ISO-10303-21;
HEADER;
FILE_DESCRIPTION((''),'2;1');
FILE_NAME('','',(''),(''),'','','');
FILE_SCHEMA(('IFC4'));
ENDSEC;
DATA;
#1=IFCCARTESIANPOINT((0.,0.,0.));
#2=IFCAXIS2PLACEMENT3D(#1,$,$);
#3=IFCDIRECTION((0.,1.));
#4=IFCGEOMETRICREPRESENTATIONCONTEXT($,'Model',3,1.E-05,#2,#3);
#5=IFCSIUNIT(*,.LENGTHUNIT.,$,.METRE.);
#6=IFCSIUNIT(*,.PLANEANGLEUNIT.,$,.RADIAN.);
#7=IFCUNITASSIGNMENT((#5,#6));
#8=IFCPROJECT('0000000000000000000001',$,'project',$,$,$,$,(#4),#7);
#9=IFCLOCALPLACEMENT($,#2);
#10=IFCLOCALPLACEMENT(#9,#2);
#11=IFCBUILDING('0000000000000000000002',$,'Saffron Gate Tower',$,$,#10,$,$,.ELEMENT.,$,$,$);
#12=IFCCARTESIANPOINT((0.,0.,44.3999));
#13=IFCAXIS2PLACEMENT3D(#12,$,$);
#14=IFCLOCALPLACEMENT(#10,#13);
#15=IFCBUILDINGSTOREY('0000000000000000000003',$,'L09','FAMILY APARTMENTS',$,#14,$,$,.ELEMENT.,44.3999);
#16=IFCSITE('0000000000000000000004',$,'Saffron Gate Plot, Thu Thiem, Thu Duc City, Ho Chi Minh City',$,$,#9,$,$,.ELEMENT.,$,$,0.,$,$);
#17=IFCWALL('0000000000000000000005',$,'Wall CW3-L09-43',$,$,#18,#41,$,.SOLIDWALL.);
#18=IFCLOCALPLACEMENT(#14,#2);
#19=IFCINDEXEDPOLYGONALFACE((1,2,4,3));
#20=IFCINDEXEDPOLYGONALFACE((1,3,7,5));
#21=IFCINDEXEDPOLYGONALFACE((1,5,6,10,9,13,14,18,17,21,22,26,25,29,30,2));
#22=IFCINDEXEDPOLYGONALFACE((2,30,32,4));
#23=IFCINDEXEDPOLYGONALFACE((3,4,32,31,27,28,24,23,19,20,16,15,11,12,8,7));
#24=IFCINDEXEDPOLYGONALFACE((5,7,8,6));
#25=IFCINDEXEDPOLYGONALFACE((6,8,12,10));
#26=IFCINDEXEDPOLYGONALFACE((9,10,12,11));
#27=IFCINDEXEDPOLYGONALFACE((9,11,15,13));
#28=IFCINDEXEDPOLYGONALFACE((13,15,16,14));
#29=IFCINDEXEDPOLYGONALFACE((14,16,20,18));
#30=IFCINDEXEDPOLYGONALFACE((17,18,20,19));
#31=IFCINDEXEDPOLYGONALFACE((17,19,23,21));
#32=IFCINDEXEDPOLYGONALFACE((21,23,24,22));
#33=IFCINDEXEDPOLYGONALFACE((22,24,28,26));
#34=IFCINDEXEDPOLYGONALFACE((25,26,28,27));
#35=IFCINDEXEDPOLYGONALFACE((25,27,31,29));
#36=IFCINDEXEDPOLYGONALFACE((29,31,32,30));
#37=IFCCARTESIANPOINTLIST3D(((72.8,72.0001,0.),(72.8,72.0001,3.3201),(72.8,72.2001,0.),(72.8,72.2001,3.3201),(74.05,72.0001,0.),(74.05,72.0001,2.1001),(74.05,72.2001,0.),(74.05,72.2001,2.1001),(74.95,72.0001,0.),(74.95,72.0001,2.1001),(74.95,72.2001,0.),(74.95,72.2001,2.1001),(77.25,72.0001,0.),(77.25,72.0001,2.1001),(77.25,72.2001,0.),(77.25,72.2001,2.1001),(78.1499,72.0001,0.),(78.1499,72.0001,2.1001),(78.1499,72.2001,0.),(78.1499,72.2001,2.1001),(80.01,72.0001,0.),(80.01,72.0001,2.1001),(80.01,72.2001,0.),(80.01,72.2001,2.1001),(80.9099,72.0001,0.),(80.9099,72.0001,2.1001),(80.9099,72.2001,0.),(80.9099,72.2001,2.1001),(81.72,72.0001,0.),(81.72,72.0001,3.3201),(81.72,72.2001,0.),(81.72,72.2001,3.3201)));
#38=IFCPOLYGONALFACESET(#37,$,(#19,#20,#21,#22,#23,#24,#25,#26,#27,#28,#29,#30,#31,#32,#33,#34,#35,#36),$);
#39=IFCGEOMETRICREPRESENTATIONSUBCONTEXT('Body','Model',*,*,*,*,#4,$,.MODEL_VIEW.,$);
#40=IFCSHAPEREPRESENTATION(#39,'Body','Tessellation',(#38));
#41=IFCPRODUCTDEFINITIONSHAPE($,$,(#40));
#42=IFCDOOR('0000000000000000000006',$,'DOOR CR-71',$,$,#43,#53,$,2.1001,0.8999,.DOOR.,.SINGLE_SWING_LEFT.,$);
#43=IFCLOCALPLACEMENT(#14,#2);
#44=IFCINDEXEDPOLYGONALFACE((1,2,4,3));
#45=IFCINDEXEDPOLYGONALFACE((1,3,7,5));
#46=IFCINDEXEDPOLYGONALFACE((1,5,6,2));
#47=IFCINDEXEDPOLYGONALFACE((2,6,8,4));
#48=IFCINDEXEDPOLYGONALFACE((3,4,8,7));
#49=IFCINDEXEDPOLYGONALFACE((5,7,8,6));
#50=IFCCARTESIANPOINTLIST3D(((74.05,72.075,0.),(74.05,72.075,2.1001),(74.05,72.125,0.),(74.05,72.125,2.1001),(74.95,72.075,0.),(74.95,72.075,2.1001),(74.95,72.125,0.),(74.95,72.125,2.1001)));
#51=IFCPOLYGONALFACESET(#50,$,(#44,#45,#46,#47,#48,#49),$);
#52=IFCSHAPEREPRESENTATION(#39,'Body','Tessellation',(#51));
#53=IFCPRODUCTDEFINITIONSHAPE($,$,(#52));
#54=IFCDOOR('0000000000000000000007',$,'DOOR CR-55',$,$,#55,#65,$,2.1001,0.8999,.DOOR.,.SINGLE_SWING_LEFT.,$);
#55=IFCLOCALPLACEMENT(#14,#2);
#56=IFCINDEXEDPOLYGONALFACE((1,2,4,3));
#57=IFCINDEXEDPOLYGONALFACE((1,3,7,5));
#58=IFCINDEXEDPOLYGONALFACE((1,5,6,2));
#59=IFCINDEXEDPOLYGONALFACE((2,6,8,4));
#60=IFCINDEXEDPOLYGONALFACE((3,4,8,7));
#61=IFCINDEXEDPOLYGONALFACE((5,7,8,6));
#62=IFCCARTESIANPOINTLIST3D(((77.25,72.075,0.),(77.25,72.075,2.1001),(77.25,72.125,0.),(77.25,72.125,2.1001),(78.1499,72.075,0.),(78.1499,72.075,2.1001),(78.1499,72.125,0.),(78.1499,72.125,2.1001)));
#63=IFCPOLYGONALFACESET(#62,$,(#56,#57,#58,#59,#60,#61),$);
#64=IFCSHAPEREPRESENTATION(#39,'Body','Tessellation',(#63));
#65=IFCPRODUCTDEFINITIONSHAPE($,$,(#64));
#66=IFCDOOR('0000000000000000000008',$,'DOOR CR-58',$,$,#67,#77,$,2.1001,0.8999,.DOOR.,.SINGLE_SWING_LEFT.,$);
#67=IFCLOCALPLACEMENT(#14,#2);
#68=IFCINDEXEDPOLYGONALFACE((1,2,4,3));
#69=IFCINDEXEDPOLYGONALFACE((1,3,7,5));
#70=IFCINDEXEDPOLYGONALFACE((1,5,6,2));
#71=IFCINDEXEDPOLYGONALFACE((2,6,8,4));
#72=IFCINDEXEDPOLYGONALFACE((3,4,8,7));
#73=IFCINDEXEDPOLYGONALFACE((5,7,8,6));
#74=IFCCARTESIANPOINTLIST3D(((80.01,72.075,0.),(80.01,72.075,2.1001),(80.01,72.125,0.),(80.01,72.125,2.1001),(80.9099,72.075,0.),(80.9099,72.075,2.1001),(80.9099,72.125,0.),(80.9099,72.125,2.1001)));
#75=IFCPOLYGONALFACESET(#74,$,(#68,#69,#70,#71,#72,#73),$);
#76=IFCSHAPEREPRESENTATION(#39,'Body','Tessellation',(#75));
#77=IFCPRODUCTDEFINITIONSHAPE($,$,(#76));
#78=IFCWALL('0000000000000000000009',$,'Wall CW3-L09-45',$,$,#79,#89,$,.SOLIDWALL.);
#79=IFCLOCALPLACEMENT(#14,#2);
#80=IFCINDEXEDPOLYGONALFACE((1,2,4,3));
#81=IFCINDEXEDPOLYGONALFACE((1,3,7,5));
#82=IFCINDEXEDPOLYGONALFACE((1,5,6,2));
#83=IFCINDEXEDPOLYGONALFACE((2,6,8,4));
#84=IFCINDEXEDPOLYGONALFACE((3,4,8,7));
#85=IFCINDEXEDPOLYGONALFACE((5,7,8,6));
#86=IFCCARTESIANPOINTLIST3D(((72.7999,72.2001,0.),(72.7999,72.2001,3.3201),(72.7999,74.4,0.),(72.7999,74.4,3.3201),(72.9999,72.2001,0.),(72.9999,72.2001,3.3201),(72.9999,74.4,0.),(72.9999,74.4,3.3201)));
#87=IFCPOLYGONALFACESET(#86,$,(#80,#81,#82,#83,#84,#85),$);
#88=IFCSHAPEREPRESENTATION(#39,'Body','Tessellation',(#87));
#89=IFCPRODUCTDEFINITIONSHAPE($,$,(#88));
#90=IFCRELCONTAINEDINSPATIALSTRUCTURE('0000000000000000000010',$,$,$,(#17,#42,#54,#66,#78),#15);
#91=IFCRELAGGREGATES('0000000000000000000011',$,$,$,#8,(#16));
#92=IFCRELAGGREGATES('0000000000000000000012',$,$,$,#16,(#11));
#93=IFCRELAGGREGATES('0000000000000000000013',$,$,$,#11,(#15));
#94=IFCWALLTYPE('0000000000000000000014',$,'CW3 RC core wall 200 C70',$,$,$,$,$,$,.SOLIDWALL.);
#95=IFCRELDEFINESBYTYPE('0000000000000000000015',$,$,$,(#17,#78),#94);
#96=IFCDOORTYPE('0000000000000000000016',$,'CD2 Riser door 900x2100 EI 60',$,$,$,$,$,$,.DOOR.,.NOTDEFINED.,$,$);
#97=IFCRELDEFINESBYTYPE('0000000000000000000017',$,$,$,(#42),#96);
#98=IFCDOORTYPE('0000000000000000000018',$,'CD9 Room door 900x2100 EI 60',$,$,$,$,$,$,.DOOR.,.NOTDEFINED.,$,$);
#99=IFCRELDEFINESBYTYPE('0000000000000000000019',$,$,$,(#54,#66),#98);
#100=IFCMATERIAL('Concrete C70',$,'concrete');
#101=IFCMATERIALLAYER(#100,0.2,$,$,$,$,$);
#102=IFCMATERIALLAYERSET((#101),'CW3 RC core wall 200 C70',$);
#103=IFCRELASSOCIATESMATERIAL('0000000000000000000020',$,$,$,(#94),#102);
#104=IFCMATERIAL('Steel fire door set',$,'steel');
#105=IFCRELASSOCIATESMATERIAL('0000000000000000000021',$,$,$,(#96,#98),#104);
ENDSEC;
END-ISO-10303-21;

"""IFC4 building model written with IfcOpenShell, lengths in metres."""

from ifc_helpers import new_model, si_unit, direction, frame, frame_2d, origin, place, context, subcontext, project, spatial, rectangle, extrude, material, layer, layer_set, type_object, element, fill, save


model = new_model("IFC4")

# Units and contexts
model_context = context("Model", 3, precision=1e-05, world=origin(), true_north=direction((0.0, 1.0)))
body_context = subcontext(model_context, "Body", "Model", "MODEL_VIEW")
ifc_project = project(units=[si_unit("LENGTHUNIT", "METRE"), si_unit("PLANEANGLEUNIT", "RADIAN")], contexts=[model_context])

# Site, building, storey
site_placement = place(None, origin())
site = spatial("IfcSite", under=ifc_project, at=site_placement, Name="Saffron Gate Plot, Thu Thiem, Thu Duc City, Ho Chi Minh City", CompositionType="ELEMENT", RefElevation=0.0)
building_placement = place(site_placement, origin())
building = spatial("IfcBuilding", under=site, at=building_placement, Name="Saffron Gate Tower", CompositionType="ELEMENT")
storey_placement = place(building_placement, frame((0.0, 0.0, 44.3999)))
storey = spatial("IfcBuildingStorey", under=building, at=storey_placement, Name="L09", Description="FAMILY APARTMENTS", CompositionType="ELEMENT", Elevation=44.3999)

# Shared definitions
ifc_material_1 = material(Name="Concrete C70", Category="concrete")
ifc_material_2 = material(Name="Steel fire door set", Category="steel")
ifc_layer_1 = layer(ifc_material_1, 0.2)
ifc_layer_set_1 = layer_set([ifc_layer_1], Name="CW3 RC core wall 200 C70")
wall_type_1 = type_object("IfcWallType", Name="CW3 RC core wall 200 C70", PredefinedType="SOLIDWALL", material=ifc_layer_set_1)

# Wall, openings, doors
wall_1_placement = place(storey_placement, frame((72.8, 72.1001, 0.0), z_axis=(0.0, 0.0, 1.0), x_axis=(1.0, 0.0, 0.0)))
wall_1 = element("IfcWall", 1, at=wall_1_placement, inside=storey, type_object=wall_type_1, Name="Wall CW3-L09-43", PredefinedType="SOLIDWALL", context=body_context, shape_type="SweptSolid", body=[
    extrude(rectangle(XDim=8.9199, YDim=0.2, at=frame_2d((4.46, 0.0))), origin(), (0.0, 0.0, 1.0), 3.3201),
])
opening_1_placement = place(wall_1_placement, frame((1.25, 0.0, 0.0)))
opening_1 = element("IfcOpeningElement", 2, at=opening_1_placement, cuts=wall_1, PredefinedType="OPENING", context=body_context, shape_type="SweptSolid", body=[
    extrude(rectangle(XDim=0.8999, YDim=2.1001, at=frame_2d((0.45, 1.05))), frame((0.0, 0.1099, 0.0), z_axis=(0.0, -1.0, 0.0), x_axis=(1.0, 0.0, 0.0)), (0.0, 0.0, 1.0), 0.22),
])
opening_2_placement = place(wall_1_placement, frame((4.45, 0.0, 0.0)))
opening_2 = element("IfcOpeningElement", 3, at=opening_2_placement, cuts=wall_1, PredefinedType="OPENING", context=body_context, shape_type="SweptSolid", body=[
    extrude(rectangle(XDim=0.8999, YDim=2.1001, at=frame_2d((0.45, 1.05))), frame((0.0, 0.1099, 0.0), z_axis=(0.0, -1.0, 0.0), x_axis=(1.0, 0.0, 0.0)), (0.0, 0.0, 1.0), 0.22),
])
opening_3_placement = place(wall_1_placement, frame((7.21, 0.0, 0.0)))
opening_3 = element("IfcOpeningElement", 4, at=opening_3_placement, cuts=wall_1, PredefinedType="OPENING", context=body_context, shape_type="SweptSolid", body=[
    extrude(rectangle(XDim=0.8999, YDim=2.1001, at=frame_2d((0.45, 1.05))), frame((0.0, 0.1099, 0.0), z_axis=(0.0, -1.0, 0.0), x_axis=(1.0, 0.0, 0.0)), (0.0, 0.0, 1.0), 0.22),
])
door_type_1 = type_object("IfcDoorType", Name="CD2 Riser door 900x2100 EI 60", OperationType="NOTDEFINED", PredefinedType="DOOR", material=ifc_material_2)
door_1_placement = place(opening_1_placement, origin())
door_1 = element("IfcDoor", 5, at=door_1_placement, inside=storey, type_object=door_type_1, Name="DOOR CR-71", OperationType="SINGLE_SWING_LEFT", OverallHeight=2.1001, OverallWidth=0.8999, PredefinedType="DOOR", context=body_context, shape_type="SweptSolid", body=[
    extrude(rectangle(XDim=0.8999, YDim=2.1001, at=frame_2d((0.45, 1.05))), frame((0.0, 0.0249, 0.0), z_axis=(0.0, -1.0, 0.0), x_axis=(1.0, 0.0, 0.0)), (0.0, 0.0, 1.0), 0.05),
])
fill(opening_1, door_1)
door_type_2 = type_object("IfcDoorType", Name="CD9 Room door 900x2100 EI 60", OperationType="NOTDEFINED", PredefinedType="DOOR", material=ifc_material_2)
door_2_placement = place(opening_2_placement, origin())
door_2 = element("IfcDoor", 6, at=door_2_placement, inside=storey, type_object=door_type_2, Name="DOOR CR-55", OperationType="SINGLE_SWING_LEFT", OverallHeight=2.1001, OverallWidth=0.8999, PredefinedType="DOOR", context=body_context, shape_type="SweptSolid", body=[
    extrude(rectangle(XDim=0.8999, YDim=2.1001, at=frame_2d((0.45, 1.05))), frame((0.0, 0.0249, 0.0), z_axis=(0.0, -1.0, 0.0), x_axis=(1.0, 0.0, 0.0)), (0.0, 0.0, 1.0), 0.05),
])
fill(opening_2, door_2)
door_3_placement = place(opening_3_placement, origin())
door_3 = element("IfcDoor", 7, at=door_3_placement, inside=storey, type_object=door_type_2, Name="DOOR CR-58", OperationType="SINGLE_SWING_LEFT", OverallHeight=2.1001, OverallWidth=0.8999, PredefinedType="DOOR", context=body_context, shape_type="SweptSolid", body=[
    extrude(rectangle(XDim=0.8999, YDim=2.1001, at=frame_2d((0.45, 1.05))), frame((0.0, 0.0249, 0.0), z_axis=(0.0, -1.0, 0.0), x_axis=(1.0, 0.0, 0.0)), (0.0, 0.0, 1.0), 0.05),
])
fill(opening_3, door_3)

# Wall
wall_2_placement = place(storey_placement, frame((72.8999, 72.2, 0.0), z_axis=(0.0, 0.0, 1.0), x_axis=(0.0, 1.0, 0.0)))
element("IfcWall", 8, at=wall_2_placement, inside=storey, type_object=wall_type_1, Name="Wall CW3-L09-45", PredefinedType="SOLIDWALL", context=body_context, shape_type="SweptSolid", body=[
    extrude(rectangle(XDim=2.2, YDim=0.2, at=frame_2d((1.1001, 0.0))), origin(), (0.0, 0.0, 1.0), 3.3201),
])

save(model, "model.ifc")
